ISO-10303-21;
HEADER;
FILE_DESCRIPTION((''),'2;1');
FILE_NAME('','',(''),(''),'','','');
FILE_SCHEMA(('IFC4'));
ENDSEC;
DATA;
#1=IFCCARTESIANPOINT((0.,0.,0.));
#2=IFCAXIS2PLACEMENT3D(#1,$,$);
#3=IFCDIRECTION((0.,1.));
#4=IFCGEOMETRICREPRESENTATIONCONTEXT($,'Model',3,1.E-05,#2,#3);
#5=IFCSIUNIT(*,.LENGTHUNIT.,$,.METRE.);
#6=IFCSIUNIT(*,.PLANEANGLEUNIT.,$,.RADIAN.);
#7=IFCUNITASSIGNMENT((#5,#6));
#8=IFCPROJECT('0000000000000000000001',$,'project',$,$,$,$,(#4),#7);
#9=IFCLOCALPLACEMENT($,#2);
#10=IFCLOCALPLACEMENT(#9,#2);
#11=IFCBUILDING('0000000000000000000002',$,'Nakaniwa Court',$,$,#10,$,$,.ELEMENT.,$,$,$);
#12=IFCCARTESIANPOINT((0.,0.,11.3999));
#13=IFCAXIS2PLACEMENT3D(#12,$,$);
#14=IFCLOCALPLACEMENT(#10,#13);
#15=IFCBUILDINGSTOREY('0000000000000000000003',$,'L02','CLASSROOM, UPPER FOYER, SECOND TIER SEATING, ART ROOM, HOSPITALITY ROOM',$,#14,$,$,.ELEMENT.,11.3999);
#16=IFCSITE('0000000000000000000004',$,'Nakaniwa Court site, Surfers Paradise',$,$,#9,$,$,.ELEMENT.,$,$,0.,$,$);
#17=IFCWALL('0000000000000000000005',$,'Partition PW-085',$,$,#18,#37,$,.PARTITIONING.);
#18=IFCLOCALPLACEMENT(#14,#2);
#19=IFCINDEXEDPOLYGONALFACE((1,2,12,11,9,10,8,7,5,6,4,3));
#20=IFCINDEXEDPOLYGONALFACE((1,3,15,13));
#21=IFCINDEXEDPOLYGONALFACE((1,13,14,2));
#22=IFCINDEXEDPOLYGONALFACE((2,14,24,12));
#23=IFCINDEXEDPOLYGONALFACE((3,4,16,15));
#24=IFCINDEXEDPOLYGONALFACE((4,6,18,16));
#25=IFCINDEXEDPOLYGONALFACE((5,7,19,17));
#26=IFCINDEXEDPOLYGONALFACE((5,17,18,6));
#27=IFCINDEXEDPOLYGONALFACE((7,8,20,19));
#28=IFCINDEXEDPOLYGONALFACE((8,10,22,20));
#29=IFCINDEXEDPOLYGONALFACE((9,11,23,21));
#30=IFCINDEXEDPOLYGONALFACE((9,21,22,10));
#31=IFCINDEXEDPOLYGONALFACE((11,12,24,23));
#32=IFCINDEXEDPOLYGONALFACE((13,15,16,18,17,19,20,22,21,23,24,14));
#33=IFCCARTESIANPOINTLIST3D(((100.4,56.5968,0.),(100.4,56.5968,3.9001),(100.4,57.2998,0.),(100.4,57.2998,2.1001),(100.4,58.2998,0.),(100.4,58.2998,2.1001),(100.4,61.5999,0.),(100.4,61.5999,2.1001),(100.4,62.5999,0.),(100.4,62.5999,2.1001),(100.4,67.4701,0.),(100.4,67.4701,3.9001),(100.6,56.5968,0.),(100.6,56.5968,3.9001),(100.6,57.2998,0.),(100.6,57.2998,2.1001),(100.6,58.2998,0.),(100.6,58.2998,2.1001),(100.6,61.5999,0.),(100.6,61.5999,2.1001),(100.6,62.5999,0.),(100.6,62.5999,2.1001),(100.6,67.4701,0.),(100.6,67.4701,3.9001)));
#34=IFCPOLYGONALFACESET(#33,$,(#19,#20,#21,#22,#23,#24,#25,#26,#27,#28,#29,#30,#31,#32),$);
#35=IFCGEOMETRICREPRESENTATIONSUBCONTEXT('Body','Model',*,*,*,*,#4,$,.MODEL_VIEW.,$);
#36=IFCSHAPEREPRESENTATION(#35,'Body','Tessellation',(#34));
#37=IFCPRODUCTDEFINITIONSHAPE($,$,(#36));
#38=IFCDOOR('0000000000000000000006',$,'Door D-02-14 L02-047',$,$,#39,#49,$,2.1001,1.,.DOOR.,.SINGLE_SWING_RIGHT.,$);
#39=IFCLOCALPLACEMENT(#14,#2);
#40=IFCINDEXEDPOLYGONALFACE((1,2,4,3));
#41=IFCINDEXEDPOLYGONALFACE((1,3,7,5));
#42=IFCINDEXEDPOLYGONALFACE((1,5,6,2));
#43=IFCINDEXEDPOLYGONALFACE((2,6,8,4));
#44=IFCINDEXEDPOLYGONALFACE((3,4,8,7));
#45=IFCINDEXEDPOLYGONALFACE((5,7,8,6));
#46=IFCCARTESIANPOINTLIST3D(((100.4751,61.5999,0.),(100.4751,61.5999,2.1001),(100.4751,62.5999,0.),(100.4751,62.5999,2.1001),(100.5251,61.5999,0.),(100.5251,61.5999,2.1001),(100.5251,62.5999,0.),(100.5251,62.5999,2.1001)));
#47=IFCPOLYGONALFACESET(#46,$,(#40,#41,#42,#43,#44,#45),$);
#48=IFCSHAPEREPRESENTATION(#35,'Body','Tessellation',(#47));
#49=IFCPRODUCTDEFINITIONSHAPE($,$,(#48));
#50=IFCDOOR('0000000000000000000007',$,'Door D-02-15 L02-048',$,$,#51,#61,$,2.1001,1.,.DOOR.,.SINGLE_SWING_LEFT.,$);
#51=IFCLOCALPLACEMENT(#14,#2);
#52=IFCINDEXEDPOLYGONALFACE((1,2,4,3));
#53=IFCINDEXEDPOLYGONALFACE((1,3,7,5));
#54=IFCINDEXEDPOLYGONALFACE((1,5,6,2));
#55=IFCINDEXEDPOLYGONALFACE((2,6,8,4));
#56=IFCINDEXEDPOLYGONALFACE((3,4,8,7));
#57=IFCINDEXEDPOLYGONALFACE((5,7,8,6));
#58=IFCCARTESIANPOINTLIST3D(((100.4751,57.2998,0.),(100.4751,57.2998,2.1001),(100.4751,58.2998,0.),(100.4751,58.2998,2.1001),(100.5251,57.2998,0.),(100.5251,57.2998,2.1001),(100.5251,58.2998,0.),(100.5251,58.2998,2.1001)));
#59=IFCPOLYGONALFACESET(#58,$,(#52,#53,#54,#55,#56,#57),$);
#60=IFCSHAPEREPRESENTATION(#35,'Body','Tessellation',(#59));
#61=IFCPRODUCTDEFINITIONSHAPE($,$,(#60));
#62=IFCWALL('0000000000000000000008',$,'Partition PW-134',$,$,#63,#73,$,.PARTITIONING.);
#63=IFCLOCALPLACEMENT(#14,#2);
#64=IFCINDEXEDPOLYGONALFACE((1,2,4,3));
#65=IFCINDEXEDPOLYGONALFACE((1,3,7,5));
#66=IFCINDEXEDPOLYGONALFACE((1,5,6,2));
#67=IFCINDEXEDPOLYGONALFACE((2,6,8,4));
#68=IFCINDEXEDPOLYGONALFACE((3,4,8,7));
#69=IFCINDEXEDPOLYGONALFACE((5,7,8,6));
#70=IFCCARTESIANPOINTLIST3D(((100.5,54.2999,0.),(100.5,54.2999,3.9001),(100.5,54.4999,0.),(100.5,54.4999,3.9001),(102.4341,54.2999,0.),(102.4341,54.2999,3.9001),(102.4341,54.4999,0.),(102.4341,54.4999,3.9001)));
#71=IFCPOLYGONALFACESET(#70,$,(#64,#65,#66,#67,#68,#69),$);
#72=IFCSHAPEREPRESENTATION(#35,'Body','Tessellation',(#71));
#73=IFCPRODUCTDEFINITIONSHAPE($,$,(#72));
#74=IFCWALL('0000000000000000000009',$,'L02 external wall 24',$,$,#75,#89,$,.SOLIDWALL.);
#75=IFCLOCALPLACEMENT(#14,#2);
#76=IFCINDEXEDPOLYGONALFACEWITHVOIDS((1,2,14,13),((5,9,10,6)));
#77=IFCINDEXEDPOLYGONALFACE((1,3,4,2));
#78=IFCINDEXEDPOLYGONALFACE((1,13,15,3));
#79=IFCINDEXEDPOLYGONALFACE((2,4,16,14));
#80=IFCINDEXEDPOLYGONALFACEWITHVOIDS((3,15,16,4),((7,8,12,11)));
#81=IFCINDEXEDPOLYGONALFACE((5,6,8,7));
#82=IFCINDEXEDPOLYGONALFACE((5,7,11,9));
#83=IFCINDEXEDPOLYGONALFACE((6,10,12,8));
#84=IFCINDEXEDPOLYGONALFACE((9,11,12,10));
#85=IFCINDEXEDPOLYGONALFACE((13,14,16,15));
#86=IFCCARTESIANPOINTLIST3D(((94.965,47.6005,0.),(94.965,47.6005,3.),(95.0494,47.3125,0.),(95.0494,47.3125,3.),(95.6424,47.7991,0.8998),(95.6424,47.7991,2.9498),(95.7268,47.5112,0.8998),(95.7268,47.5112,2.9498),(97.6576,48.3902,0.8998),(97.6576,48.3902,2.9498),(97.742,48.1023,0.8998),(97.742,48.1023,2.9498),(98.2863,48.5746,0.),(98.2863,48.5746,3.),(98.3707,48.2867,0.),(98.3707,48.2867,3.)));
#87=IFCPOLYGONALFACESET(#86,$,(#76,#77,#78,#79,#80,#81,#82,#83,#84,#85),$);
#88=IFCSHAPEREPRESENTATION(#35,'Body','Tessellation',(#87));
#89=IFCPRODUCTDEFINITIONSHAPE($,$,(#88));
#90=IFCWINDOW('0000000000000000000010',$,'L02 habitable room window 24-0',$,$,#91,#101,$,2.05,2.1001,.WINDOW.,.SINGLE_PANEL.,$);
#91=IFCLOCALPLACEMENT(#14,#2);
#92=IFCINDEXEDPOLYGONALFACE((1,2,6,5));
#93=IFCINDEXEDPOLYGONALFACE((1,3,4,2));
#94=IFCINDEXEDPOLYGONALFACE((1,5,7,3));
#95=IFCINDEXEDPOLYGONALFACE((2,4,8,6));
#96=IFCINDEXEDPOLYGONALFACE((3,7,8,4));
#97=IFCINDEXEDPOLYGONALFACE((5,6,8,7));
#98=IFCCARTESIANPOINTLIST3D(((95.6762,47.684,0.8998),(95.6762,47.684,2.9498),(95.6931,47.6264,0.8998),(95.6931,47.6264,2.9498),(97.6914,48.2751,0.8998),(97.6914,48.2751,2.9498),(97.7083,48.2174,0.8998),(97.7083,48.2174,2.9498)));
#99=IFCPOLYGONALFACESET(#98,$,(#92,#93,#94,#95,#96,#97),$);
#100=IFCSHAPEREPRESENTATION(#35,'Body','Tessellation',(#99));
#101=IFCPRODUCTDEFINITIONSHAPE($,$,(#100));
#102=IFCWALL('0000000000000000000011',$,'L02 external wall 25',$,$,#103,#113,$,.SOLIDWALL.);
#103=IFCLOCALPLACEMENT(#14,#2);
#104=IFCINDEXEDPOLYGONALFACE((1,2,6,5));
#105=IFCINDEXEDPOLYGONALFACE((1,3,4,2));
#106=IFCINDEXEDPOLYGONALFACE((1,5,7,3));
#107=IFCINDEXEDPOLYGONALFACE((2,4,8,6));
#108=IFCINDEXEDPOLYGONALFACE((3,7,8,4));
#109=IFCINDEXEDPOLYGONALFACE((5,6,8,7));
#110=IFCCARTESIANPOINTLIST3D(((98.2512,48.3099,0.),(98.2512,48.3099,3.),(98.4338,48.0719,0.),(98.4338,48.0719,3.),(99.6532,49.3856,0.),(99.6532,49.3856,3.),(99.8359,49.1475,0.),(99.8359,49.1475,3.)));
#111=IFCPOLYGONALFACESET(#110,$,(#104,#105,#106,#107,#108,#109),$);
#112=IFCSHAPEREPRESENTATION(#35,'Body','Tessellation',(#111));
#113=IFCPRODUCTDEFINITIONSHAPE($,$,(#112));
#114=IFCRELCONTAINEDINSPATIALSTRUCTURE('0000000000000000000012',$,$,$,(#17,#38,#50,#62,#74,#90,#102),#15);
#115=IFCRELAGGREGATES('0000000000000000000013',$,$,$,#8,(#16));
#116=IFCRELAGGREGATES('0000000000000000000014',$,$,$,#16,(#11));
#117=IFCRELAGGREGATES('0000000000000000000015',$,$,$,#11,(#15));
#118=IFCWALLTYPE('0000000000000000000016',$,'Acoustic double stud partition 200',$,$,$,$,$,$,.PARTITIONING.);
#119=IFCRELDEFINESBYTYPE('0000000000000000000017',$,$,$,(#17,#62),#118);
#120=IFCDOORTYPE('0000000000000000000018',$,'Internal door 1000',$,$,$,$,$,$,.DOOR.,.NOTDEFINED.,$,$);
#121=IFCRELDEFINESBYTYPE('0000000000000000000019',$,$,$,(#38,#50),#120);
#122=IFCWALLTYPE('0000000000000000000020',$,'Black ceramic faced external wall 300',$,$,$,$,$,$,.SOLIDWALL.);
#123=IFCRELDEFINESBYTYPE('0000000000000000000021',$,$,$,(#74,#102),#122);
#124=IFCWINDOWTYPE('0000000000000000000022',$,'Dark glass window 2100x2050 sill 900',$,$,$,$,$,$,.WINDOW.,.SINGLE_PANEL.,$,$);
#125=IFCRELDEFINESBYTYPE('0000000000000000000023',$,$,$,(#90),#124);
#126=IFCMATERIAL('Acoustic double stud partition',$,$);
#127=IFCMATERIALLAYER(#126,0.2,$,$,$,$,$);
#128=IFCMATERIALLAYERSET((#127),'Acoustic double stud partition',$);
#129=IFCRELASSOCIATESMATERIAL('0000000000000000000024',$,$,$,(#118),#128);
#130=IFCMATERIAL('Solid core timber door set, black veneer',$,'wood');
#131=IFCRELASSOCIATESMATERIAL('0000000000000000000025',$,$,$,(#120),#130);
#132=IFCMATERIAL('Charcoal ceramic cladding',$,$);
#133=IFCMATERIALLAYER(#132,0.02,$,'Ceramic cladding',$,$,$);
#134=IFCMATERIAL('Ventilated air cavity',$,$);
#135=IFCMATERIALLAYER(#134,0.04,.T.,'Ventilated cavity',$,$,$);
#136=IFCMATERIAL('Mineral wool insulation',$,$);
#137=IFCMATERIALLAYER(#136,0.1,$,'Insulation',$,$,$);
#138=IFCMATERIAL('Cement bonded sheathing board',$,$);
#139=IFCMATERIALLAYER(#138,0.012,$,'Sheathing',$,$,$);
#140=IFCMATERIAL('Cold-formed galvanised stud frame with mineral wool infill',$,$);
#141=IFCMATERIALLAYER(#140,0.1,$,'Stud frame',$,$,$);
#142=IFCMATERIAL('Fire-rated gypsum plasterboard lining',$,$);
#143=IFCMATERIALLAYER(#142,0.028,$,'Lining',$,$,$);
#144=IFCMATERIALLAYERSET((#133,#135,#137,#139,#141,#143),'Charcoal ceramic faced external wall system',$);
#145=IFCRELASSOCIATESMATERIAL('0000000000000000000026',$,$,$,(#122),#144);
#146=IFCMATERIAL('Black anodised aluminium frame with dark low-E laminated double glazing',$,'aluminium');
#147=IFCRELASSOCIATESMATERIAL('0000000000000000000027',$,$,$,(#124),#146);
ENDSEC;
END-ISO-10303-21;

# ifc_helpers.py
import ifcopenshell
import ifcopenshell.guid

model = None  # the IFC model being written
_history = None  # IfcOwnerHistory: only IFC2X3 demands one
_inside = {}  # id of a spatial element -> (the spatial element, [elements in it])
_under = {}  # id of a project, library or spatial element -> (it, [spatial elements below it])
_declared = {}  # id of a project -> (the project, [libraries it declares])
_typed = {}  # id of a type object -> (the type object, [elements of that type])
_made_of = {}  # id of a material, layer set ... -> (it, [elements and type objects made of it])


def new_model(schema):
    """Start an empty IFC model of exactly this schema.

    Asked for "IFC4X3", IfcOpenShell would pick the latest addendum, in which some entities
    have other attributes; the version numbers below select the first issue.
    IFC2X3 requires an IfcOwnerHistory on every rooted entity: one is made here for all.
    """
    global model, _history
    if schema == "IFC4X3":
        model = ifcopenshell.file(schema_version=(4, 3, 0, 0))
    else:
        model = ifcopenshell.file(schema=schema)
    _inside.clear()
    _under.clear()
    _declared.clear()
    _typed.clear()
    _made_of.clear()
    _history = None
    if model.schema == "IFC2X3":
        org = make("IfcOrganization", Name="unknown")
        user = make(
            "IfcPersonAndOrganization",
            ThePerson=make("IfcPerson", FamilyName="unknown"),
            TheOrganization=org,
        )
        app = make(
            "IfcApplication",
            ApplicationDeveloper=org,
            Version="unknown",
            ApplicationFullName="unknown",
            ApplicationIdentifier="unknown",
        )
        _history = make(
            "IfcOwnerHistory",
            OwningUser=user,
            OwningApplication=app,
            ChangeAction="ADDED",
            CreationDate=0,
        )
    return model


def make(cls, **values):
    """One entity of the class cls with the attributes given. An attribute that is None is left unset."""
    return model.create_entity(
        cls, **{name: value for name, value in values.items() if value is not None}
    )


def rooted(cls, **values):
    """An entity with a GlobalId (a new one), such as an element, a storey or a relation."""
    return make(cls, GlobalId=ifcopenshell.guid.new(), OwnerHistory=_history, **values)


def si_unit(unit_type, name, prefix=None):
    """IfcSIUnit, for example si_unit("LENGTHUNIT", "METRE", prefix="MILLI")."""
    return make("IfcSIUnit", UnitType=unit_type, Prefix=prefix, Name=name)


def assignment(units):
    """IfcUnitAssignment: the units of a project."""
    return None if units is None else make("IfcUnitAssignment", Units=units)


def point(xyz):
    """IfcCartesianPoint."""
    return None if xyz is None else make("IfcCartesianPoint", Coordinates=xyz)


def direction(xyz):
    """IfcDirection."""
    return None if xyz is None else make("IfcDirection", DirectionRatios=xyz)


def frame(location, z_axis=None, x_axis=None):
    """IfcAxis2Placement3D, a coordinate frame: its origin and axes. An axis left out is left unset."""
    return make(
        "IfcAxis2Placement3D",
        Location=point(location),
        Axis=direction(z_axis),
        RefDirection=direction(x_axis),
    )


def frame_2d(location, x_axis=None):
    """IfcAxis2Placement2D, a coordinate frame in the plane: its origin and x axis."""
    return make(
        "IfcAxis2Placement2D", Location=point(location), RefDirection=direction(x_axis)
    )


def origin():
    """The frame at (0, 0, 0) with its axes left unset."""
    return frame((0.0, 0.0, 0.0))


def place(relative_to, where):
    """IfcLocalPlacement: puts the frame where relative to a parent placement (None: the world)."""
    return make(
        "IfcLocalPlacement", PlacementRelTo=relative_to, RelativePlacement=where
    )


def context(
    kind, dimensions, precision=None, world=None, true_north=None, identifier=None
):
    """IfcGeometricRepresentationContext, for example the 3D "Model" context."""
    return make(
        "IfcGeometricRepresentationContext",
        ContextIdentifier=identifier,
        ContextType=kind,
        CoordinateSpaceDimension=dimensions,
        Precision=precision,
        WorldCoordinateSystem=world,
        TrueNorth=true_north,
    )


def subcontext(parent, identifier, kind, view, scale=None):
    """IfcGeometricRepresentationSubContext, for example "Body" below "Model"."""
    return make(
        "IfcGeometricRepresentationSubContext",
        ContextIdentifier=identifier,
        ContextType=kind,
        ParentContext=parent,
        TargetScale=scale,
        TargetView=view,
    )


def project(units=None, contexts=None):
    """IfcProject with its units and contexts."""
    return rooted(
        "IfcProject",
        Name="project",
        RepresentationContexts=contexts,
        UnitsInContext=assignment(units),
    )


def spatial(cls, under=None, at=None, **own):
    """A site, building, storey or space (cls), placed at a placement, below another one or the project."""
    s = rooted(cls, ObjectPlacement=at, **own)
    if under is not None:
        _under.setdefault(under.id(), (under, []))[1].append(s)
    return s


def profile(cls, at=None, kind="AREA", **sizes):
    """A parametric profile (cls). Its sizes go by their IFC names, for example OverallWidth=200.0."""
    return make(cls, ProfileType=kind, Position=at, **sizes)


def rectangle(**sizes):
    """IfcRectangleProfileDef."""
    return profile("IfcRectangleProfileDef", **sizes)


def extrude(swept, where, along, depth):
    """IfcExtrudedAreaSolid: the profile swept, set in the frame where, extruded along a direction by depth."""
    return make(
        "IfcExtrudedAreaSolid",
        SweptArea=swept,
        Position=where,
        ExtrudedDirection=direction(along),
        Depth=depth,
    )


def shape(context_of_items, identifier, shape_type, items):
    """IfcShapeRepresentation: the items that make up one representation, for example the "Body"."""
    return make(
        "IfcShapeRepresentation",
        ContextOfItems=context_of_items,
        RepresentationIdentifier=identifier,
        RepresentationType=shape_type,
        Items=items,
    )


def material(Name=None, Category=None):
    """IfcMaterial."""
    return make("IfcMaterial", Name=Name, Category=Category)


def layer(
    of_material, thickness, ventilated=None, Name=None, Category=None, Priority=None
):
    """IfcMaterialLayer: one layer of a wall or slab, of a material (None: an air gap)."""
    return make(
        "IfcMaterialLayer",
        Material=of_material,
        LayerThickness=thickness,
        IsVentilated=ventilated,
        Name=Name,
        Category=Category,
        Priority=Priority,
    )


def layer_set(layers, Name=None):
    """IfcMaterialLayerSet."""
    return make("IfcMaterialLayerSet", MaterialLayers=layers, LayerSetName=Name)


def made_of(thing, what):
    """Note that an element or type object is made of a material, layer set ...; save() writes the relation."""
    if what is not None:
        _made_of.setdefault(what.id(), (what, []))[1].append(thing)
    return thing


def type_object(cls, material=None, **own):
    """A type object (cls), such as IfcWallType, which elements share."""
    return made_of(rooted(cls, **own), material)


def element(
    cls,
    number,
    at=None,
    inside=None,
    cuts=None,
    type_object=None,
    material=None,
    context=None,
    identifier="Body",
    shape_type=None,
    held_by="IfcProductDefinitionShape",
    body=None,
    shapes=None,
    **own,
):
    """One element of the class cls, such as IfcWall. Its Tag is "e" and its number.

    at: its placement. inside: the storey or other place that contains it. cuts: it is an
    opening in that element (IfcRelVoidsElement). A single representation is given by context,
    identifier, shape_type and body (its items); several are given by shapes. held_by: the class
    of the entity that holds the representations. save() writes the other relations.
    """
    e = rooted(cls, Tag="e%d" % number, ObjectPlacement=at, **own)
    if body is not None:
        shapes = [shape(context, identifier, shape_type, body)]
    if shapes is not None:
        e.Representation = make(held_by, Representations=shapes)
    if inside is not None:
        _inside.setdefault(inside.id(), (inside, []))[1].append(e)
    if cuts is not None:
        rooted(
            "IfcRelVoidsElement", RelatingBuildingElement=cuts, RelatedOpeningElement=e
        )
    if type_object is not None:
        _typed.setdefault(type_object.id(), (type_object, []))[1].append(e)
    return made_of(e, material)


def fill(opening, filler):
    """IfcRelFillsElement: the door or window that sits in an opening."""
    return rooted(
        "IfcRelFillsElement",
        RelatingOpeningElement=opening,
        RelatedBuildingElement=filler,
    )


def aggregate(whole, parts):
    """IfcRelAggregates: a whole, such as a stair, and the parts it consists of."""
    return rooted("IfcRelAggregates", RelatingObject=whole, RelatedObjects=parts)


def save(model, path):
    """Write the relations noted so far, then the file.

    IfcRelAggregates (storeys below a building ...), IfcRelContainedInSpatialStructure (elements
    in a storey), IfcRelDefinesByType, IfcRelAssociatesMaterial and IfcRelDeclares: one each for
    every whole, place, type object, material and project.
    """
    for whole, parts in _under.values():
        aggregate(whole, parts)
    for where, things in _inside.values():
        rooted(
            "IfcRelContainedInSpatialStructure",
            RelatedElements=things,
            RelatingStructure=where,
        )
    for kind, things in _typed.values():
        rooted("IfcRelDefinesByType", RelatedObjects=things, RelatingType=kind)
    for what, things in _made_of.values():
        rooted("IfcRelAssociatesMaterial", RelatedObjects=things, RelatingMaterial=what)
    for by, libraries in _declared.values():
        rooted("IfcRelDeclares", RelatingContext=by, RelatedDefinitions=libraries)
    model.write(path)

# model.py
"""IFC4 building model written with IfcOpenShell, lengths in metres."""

from ifc_helpers import new_model, si_unit, direction, frame, frame_2d, origin, place, context, subcontext, project, spatial, rectangle, extrude, material, layer, layer_set, type_object, element, fill, save


model = new_model("IFC4")

# Units and contexts
model_context = context("Model", 3, precision=1e-05, world=origin(), true_north=direction((0.0, 1.0)))
body_context = subcontext(model_context, "Body", "Model", "MODEL_VIEW")
ifc_project = project(units=[si_unit("LENGTHUNIT", "METRE"), si_unit("PLANEANGLEUNIT", "RADIAN")], contexts=[model_context])

# Site, building, storey
site_placement = place(None, origin())
site = spatial("IfcSite", under=ifc_project, at=site_placement, Name="Nakaniwa Court site, Surfers Paradise", CompositionType="ELEMENT", RefElevation=0.0)
building_placement = place(site_placement, origin())
building = spatial("IfcBuilding", under=site, at=building_placement, Name="Nakaniwa Court", CompositionType="ELEMENT")
storey_placement = place(building_placement, frame((0.0, 0.0, 11.3999)))
storey = spatial("IfcBuildingStorey", under=building, at=storey_placement, Name="L02", Description="CLASSROOM, UPPER FOYER, SECOND TIER SEATING, ART ROOM, HOSPITALITY ROOM", CompositionType="ELEMENT", Elevation=11.3999)

# Shared definitions
ifc_material_1 = material(Name="Black anodised aluminium frame with dark low-E laminated double glazing", Category="aluminium")

# Wall, openings, doors
ifc_material_2 = material(Name="Acoustic double stud partition")
ifc_layer_1 = layer(ifc_material_2, 0.2)
ifc_layer_set_1 = layer_set([ifc_layer_1], Name="Acoustic double stud partition")
wall_type_1 = type_object("IfcWallType", Name="Acoustic double stud partition 200", PredefinedType="PARTITIONING", material=ifc_layer_set_1)
wall_1_placement = place(storey_placement, frame((100.5, 56.5969, 0.0), z_axis=(0.0, 0.0, 1.0), x_axis=(0.0, 1.0, 0.0)))
wall_1 = element("IfcWall", 1, at=wall_1_placement, inside=storey, type_object=wall_type_1, Name="Partition PW-085", PredefinedType="PARTITIONING", context=body_context, shape_type="SweptSolid", body=[
    extrude(rectangle(XDim=10.8733, YDim=0.2, at=frame_2d((5.4365, 0.0))), origin(), (0.0, 0.0, 1.0), 3.9001),
])
opening_1_placement = place(wall_1_placement, frame((5.0029, 0.0, 0.0)))
opening_1 = element("IfcOpeningElement", 2, at=opening_1_placement, cuts=wall_1, PredefinedType="OPENING", context=body_context, shape_type="SweptSolid", body=[
    extrude(rectangle(XDim=1.0, YDim=2.1001, at=frame_2d((0.5, 1.05))), frame((0.0, 0.1099, 0.0), z_axis=(0.0, -1.0, 0.0), x_axis=(1.0, 0.0, 0.0)), (0.0, 0.0, 1.0), 0.22),
])
opening_2_placement = place(wall_1_placement, frame((0.7029, 0.0, 0.0)))
opening_2 = element("IfcOpeningElement", 3, at=opening_2_placement, cuts=wall_1, PredefinedType="OPENING", context=body_context, shape_type="SweptSolid", body=[
    extrude(rectangle(XDim=1.0, YDim=2.1001, at=frame_2d((0.5, 1.05))), frame((0.0, 0.1099, 0.0), z_axis=(0.0, -1.0, 0.0), x_axis=(1.0, 0.0, 0.0)), (0.0, 0.0, 1.0), 0.22),
])
ifc_material_3 = material(Name="Solid core timber door set, black veneer", Category="wood")
door_type = type_object("IfcDoorType", Name="Internal door 1000", OperationType="NOTDEFINED", PredefinedType="DOOR", material=ifc_material_3)
door_1_placement = place(opening_1_placement, origin())
door_1 = element("IfcDoor", 4, at=door_1_placement, inside=storey, type_object=door_type, Name="Door D-02-14 L02-047", OperationType="SINGLE_SWING_RIGHT", OverallHeight=2.1001, OverallWidth=1.0, PredefinedType="DOOR", context=body_context, shape_type="SweptSolid", body=[
    extrude(rectangle(XDim=1.0, YDim=2.1001, at=frame_2d((0.5, 1.05))), frame((0.0, 0.0249, 0.0), z_axis=(0.0, -1.0, 0.0), x_axis=(1.0, 0.0, 0.0)), (0.0, 0.0, 1.0), 0.05),
])
fill(opening_1, door_1)
door_2_placement = place(opening_2_placement, origin())
door_2 = element("IfcDoor", 5, at=door_2_placement, inside=storey, type_object=door_type, Name="Door D-02-15 L02-048", OperationType="SINGLE_SWING_LEFT", OverallHeight=2.1001, OverallWidth=1.0, PredefinedType="DOOR", context=body_context, shape_type="SweptSolid", body=[
    extrude(rectangle(XDim=1.0, YDim=2.1001, at=frame_2d((0.5, 1.05))), frame((0.0, 0.0249, 0.0), z_axis=(0.0, -1.0, 0.0), x_axis=(1.0, 0.0, 0.0)), (0.0, 0.0, 1.0), 0.05),
])
fill(opening_2, door_2)

# Wall
wall_2_placement = place(storey_placement, frame((100.5, 54.3999, 0.0), z_axis=(0.0, 0.0, 1.0), x_axis=(1.0, 0.0, 0.0)))
element("IfcWall", 6, at=wall_2_placement, inside=storey, type_object=wall_type_1, Name="Partition PW-134", PredefinedType="PARTITIONING", context=body_context, shape_type="SweptSolid", body=[
    extrude(rectangle(XDim=1.9341, YDim=0.2, at=frame_2d((0.967, 0.0))), origin(), (0.0, 0.0, 1.0), 3.9001),
])

# Wall, opening, window
ifc_material_4 = material(Name="Charcoal ceramic cladding")
ifc_layer_2 = layer(ifc_material_4, 0.02, Name="Ceramic cladding")
ifc_material_5 = material(Name="Ventilated air cavity")
ifc_layer_3 = layer(ifc_material_5, 0.04, ventilated=True, Name="Ventilated cavity")
ifc_material_6 = material(Name="Mineral wool insulation")
ifc_layer_4 = layer(ifc_material_6, 0.1, Name="Insulation")
ifc_material_7 = material(Name="Cement bonded sheathing board")
ifc_layer_5 = layer(ifc_material_7, 0.012, Name="Sheathing")
ifc_material_8 = material(Name="Cold-formed galvanised stud frame with mineral wool infill")
ifc_layer_6 = layer(ifc_material_8, 0.1, Name="Stud frame")
ifc_material_9 = material(Name="Fire-rated gypsum plasterboard lining")
ifc_layer_7 = layer(ifc_material_9, 0.028, Name="Lining")
ifc_layer_set_2 = layer_set([ifc_layer_2, ifc_layer_3, ifc_layer_4, ifc_layer_5, ifc_layer_6, ifc_layer_7], Name="Charcoal ceramic faced external wall system")
wall_type_2 = type_object("IfcWallType", Name="Black ceramic faced external wall 300", PredefinedType="SOLIDWALL", material=ifc_layer_set_2)
wall_3_placement = place(storey_placement, frame((95.0073, 47.4565, 0.0), z_axis=(0.0, 0.0, 1.0), x_axis=(0.959579, 0.281441, 0.0)))
wall_3 = element("IfcWall", 7, at=wall_3_placement, inside=storey, type_object=wall_type_2, Name="L02 external wall 24", PredefinedType="SOLIDWALL", context=body_context, shape_type="SweptSolid", body=[
    extrude(rectangle(XDim=3.4612, YDim=0.3, at=frame_2d((1.7305, 0.0))), origin(), (0.0, 0.0, 1.0), 3.0),
])
opening_3_placement = place(wall_3_placement, frame((0.7058, 0.0, 0.8999)))
opening_3 = element("IfcOpeningElement", 8, at=opening_3_placement, cuts=wall_3, PredefinedType="OPENING", context=body_context, shape_type="SweptSolid", body=[
    extrude(rectangle(XDim=2.1001, YDim=2.05, at=frame_2d((1.05, 1.0249))), frame((0.0, 0.1599, 0.0), z_axis=(0.0, -1.0, 0.0), x_axis=(1.0, 0.0, 0.0)), (0.0, 0.0, 1.0), 0.3201),
])
window_type = type_object("IfcWindowType", Name="Dark glass window 2100x2050 sill 900", PartitioningType="SINGLE_PANEL", PredefinedType="WINDOW", material=ifc_material_1)
window_placement = place(opening_3_placement, origin())
window = element("IfcWindow", 9, at=window_placement, inside=storey, type_object=window_type, Name="L02 habitable room window 24-0", OverallHeight=2.05, OverallWidth=2.1001, PartitioningType="SINGLE_PANEL", PredefinedType="WINDOW", context=body_context, shape_type="SweptSolid", body=[
    extrude(rectangle(XDim=2.1001, YDim=2.05, at=frame_2d((1.05, 1.0249))), frame((0.0, 0.03, 0.0), z_axis=(0.0, -1.0, 0.0), x_axis=(1.0, 0.0, 0.0)), (0.0, 0.0, 1.0), 0.0601),
])
fill(opening_3, window)

# Wall
wall_4_placement = place(storey_placement, frame((98.3425, 48.1909, 0.0), z_axis=(0.0, 0.0, 1.0), x_axis=(0.793404, 0.608695, 0.0)))
element("IfcWall", 10, at=wall_4_placement, inside=storey, type_object=wall_type_2, Name="L02 external wall 25", PredefinedType="SOLIDWALL", context=body_context, shape_type="SweptSolid", body=[
    extrude(rectangle(XDim=1.7671, YDim=0.3, at=frame_2d((0.8835, 0.0))), origin(), (0.0, 0.0, 1.0), 3.0),
])

save(model, "model.ifc")
